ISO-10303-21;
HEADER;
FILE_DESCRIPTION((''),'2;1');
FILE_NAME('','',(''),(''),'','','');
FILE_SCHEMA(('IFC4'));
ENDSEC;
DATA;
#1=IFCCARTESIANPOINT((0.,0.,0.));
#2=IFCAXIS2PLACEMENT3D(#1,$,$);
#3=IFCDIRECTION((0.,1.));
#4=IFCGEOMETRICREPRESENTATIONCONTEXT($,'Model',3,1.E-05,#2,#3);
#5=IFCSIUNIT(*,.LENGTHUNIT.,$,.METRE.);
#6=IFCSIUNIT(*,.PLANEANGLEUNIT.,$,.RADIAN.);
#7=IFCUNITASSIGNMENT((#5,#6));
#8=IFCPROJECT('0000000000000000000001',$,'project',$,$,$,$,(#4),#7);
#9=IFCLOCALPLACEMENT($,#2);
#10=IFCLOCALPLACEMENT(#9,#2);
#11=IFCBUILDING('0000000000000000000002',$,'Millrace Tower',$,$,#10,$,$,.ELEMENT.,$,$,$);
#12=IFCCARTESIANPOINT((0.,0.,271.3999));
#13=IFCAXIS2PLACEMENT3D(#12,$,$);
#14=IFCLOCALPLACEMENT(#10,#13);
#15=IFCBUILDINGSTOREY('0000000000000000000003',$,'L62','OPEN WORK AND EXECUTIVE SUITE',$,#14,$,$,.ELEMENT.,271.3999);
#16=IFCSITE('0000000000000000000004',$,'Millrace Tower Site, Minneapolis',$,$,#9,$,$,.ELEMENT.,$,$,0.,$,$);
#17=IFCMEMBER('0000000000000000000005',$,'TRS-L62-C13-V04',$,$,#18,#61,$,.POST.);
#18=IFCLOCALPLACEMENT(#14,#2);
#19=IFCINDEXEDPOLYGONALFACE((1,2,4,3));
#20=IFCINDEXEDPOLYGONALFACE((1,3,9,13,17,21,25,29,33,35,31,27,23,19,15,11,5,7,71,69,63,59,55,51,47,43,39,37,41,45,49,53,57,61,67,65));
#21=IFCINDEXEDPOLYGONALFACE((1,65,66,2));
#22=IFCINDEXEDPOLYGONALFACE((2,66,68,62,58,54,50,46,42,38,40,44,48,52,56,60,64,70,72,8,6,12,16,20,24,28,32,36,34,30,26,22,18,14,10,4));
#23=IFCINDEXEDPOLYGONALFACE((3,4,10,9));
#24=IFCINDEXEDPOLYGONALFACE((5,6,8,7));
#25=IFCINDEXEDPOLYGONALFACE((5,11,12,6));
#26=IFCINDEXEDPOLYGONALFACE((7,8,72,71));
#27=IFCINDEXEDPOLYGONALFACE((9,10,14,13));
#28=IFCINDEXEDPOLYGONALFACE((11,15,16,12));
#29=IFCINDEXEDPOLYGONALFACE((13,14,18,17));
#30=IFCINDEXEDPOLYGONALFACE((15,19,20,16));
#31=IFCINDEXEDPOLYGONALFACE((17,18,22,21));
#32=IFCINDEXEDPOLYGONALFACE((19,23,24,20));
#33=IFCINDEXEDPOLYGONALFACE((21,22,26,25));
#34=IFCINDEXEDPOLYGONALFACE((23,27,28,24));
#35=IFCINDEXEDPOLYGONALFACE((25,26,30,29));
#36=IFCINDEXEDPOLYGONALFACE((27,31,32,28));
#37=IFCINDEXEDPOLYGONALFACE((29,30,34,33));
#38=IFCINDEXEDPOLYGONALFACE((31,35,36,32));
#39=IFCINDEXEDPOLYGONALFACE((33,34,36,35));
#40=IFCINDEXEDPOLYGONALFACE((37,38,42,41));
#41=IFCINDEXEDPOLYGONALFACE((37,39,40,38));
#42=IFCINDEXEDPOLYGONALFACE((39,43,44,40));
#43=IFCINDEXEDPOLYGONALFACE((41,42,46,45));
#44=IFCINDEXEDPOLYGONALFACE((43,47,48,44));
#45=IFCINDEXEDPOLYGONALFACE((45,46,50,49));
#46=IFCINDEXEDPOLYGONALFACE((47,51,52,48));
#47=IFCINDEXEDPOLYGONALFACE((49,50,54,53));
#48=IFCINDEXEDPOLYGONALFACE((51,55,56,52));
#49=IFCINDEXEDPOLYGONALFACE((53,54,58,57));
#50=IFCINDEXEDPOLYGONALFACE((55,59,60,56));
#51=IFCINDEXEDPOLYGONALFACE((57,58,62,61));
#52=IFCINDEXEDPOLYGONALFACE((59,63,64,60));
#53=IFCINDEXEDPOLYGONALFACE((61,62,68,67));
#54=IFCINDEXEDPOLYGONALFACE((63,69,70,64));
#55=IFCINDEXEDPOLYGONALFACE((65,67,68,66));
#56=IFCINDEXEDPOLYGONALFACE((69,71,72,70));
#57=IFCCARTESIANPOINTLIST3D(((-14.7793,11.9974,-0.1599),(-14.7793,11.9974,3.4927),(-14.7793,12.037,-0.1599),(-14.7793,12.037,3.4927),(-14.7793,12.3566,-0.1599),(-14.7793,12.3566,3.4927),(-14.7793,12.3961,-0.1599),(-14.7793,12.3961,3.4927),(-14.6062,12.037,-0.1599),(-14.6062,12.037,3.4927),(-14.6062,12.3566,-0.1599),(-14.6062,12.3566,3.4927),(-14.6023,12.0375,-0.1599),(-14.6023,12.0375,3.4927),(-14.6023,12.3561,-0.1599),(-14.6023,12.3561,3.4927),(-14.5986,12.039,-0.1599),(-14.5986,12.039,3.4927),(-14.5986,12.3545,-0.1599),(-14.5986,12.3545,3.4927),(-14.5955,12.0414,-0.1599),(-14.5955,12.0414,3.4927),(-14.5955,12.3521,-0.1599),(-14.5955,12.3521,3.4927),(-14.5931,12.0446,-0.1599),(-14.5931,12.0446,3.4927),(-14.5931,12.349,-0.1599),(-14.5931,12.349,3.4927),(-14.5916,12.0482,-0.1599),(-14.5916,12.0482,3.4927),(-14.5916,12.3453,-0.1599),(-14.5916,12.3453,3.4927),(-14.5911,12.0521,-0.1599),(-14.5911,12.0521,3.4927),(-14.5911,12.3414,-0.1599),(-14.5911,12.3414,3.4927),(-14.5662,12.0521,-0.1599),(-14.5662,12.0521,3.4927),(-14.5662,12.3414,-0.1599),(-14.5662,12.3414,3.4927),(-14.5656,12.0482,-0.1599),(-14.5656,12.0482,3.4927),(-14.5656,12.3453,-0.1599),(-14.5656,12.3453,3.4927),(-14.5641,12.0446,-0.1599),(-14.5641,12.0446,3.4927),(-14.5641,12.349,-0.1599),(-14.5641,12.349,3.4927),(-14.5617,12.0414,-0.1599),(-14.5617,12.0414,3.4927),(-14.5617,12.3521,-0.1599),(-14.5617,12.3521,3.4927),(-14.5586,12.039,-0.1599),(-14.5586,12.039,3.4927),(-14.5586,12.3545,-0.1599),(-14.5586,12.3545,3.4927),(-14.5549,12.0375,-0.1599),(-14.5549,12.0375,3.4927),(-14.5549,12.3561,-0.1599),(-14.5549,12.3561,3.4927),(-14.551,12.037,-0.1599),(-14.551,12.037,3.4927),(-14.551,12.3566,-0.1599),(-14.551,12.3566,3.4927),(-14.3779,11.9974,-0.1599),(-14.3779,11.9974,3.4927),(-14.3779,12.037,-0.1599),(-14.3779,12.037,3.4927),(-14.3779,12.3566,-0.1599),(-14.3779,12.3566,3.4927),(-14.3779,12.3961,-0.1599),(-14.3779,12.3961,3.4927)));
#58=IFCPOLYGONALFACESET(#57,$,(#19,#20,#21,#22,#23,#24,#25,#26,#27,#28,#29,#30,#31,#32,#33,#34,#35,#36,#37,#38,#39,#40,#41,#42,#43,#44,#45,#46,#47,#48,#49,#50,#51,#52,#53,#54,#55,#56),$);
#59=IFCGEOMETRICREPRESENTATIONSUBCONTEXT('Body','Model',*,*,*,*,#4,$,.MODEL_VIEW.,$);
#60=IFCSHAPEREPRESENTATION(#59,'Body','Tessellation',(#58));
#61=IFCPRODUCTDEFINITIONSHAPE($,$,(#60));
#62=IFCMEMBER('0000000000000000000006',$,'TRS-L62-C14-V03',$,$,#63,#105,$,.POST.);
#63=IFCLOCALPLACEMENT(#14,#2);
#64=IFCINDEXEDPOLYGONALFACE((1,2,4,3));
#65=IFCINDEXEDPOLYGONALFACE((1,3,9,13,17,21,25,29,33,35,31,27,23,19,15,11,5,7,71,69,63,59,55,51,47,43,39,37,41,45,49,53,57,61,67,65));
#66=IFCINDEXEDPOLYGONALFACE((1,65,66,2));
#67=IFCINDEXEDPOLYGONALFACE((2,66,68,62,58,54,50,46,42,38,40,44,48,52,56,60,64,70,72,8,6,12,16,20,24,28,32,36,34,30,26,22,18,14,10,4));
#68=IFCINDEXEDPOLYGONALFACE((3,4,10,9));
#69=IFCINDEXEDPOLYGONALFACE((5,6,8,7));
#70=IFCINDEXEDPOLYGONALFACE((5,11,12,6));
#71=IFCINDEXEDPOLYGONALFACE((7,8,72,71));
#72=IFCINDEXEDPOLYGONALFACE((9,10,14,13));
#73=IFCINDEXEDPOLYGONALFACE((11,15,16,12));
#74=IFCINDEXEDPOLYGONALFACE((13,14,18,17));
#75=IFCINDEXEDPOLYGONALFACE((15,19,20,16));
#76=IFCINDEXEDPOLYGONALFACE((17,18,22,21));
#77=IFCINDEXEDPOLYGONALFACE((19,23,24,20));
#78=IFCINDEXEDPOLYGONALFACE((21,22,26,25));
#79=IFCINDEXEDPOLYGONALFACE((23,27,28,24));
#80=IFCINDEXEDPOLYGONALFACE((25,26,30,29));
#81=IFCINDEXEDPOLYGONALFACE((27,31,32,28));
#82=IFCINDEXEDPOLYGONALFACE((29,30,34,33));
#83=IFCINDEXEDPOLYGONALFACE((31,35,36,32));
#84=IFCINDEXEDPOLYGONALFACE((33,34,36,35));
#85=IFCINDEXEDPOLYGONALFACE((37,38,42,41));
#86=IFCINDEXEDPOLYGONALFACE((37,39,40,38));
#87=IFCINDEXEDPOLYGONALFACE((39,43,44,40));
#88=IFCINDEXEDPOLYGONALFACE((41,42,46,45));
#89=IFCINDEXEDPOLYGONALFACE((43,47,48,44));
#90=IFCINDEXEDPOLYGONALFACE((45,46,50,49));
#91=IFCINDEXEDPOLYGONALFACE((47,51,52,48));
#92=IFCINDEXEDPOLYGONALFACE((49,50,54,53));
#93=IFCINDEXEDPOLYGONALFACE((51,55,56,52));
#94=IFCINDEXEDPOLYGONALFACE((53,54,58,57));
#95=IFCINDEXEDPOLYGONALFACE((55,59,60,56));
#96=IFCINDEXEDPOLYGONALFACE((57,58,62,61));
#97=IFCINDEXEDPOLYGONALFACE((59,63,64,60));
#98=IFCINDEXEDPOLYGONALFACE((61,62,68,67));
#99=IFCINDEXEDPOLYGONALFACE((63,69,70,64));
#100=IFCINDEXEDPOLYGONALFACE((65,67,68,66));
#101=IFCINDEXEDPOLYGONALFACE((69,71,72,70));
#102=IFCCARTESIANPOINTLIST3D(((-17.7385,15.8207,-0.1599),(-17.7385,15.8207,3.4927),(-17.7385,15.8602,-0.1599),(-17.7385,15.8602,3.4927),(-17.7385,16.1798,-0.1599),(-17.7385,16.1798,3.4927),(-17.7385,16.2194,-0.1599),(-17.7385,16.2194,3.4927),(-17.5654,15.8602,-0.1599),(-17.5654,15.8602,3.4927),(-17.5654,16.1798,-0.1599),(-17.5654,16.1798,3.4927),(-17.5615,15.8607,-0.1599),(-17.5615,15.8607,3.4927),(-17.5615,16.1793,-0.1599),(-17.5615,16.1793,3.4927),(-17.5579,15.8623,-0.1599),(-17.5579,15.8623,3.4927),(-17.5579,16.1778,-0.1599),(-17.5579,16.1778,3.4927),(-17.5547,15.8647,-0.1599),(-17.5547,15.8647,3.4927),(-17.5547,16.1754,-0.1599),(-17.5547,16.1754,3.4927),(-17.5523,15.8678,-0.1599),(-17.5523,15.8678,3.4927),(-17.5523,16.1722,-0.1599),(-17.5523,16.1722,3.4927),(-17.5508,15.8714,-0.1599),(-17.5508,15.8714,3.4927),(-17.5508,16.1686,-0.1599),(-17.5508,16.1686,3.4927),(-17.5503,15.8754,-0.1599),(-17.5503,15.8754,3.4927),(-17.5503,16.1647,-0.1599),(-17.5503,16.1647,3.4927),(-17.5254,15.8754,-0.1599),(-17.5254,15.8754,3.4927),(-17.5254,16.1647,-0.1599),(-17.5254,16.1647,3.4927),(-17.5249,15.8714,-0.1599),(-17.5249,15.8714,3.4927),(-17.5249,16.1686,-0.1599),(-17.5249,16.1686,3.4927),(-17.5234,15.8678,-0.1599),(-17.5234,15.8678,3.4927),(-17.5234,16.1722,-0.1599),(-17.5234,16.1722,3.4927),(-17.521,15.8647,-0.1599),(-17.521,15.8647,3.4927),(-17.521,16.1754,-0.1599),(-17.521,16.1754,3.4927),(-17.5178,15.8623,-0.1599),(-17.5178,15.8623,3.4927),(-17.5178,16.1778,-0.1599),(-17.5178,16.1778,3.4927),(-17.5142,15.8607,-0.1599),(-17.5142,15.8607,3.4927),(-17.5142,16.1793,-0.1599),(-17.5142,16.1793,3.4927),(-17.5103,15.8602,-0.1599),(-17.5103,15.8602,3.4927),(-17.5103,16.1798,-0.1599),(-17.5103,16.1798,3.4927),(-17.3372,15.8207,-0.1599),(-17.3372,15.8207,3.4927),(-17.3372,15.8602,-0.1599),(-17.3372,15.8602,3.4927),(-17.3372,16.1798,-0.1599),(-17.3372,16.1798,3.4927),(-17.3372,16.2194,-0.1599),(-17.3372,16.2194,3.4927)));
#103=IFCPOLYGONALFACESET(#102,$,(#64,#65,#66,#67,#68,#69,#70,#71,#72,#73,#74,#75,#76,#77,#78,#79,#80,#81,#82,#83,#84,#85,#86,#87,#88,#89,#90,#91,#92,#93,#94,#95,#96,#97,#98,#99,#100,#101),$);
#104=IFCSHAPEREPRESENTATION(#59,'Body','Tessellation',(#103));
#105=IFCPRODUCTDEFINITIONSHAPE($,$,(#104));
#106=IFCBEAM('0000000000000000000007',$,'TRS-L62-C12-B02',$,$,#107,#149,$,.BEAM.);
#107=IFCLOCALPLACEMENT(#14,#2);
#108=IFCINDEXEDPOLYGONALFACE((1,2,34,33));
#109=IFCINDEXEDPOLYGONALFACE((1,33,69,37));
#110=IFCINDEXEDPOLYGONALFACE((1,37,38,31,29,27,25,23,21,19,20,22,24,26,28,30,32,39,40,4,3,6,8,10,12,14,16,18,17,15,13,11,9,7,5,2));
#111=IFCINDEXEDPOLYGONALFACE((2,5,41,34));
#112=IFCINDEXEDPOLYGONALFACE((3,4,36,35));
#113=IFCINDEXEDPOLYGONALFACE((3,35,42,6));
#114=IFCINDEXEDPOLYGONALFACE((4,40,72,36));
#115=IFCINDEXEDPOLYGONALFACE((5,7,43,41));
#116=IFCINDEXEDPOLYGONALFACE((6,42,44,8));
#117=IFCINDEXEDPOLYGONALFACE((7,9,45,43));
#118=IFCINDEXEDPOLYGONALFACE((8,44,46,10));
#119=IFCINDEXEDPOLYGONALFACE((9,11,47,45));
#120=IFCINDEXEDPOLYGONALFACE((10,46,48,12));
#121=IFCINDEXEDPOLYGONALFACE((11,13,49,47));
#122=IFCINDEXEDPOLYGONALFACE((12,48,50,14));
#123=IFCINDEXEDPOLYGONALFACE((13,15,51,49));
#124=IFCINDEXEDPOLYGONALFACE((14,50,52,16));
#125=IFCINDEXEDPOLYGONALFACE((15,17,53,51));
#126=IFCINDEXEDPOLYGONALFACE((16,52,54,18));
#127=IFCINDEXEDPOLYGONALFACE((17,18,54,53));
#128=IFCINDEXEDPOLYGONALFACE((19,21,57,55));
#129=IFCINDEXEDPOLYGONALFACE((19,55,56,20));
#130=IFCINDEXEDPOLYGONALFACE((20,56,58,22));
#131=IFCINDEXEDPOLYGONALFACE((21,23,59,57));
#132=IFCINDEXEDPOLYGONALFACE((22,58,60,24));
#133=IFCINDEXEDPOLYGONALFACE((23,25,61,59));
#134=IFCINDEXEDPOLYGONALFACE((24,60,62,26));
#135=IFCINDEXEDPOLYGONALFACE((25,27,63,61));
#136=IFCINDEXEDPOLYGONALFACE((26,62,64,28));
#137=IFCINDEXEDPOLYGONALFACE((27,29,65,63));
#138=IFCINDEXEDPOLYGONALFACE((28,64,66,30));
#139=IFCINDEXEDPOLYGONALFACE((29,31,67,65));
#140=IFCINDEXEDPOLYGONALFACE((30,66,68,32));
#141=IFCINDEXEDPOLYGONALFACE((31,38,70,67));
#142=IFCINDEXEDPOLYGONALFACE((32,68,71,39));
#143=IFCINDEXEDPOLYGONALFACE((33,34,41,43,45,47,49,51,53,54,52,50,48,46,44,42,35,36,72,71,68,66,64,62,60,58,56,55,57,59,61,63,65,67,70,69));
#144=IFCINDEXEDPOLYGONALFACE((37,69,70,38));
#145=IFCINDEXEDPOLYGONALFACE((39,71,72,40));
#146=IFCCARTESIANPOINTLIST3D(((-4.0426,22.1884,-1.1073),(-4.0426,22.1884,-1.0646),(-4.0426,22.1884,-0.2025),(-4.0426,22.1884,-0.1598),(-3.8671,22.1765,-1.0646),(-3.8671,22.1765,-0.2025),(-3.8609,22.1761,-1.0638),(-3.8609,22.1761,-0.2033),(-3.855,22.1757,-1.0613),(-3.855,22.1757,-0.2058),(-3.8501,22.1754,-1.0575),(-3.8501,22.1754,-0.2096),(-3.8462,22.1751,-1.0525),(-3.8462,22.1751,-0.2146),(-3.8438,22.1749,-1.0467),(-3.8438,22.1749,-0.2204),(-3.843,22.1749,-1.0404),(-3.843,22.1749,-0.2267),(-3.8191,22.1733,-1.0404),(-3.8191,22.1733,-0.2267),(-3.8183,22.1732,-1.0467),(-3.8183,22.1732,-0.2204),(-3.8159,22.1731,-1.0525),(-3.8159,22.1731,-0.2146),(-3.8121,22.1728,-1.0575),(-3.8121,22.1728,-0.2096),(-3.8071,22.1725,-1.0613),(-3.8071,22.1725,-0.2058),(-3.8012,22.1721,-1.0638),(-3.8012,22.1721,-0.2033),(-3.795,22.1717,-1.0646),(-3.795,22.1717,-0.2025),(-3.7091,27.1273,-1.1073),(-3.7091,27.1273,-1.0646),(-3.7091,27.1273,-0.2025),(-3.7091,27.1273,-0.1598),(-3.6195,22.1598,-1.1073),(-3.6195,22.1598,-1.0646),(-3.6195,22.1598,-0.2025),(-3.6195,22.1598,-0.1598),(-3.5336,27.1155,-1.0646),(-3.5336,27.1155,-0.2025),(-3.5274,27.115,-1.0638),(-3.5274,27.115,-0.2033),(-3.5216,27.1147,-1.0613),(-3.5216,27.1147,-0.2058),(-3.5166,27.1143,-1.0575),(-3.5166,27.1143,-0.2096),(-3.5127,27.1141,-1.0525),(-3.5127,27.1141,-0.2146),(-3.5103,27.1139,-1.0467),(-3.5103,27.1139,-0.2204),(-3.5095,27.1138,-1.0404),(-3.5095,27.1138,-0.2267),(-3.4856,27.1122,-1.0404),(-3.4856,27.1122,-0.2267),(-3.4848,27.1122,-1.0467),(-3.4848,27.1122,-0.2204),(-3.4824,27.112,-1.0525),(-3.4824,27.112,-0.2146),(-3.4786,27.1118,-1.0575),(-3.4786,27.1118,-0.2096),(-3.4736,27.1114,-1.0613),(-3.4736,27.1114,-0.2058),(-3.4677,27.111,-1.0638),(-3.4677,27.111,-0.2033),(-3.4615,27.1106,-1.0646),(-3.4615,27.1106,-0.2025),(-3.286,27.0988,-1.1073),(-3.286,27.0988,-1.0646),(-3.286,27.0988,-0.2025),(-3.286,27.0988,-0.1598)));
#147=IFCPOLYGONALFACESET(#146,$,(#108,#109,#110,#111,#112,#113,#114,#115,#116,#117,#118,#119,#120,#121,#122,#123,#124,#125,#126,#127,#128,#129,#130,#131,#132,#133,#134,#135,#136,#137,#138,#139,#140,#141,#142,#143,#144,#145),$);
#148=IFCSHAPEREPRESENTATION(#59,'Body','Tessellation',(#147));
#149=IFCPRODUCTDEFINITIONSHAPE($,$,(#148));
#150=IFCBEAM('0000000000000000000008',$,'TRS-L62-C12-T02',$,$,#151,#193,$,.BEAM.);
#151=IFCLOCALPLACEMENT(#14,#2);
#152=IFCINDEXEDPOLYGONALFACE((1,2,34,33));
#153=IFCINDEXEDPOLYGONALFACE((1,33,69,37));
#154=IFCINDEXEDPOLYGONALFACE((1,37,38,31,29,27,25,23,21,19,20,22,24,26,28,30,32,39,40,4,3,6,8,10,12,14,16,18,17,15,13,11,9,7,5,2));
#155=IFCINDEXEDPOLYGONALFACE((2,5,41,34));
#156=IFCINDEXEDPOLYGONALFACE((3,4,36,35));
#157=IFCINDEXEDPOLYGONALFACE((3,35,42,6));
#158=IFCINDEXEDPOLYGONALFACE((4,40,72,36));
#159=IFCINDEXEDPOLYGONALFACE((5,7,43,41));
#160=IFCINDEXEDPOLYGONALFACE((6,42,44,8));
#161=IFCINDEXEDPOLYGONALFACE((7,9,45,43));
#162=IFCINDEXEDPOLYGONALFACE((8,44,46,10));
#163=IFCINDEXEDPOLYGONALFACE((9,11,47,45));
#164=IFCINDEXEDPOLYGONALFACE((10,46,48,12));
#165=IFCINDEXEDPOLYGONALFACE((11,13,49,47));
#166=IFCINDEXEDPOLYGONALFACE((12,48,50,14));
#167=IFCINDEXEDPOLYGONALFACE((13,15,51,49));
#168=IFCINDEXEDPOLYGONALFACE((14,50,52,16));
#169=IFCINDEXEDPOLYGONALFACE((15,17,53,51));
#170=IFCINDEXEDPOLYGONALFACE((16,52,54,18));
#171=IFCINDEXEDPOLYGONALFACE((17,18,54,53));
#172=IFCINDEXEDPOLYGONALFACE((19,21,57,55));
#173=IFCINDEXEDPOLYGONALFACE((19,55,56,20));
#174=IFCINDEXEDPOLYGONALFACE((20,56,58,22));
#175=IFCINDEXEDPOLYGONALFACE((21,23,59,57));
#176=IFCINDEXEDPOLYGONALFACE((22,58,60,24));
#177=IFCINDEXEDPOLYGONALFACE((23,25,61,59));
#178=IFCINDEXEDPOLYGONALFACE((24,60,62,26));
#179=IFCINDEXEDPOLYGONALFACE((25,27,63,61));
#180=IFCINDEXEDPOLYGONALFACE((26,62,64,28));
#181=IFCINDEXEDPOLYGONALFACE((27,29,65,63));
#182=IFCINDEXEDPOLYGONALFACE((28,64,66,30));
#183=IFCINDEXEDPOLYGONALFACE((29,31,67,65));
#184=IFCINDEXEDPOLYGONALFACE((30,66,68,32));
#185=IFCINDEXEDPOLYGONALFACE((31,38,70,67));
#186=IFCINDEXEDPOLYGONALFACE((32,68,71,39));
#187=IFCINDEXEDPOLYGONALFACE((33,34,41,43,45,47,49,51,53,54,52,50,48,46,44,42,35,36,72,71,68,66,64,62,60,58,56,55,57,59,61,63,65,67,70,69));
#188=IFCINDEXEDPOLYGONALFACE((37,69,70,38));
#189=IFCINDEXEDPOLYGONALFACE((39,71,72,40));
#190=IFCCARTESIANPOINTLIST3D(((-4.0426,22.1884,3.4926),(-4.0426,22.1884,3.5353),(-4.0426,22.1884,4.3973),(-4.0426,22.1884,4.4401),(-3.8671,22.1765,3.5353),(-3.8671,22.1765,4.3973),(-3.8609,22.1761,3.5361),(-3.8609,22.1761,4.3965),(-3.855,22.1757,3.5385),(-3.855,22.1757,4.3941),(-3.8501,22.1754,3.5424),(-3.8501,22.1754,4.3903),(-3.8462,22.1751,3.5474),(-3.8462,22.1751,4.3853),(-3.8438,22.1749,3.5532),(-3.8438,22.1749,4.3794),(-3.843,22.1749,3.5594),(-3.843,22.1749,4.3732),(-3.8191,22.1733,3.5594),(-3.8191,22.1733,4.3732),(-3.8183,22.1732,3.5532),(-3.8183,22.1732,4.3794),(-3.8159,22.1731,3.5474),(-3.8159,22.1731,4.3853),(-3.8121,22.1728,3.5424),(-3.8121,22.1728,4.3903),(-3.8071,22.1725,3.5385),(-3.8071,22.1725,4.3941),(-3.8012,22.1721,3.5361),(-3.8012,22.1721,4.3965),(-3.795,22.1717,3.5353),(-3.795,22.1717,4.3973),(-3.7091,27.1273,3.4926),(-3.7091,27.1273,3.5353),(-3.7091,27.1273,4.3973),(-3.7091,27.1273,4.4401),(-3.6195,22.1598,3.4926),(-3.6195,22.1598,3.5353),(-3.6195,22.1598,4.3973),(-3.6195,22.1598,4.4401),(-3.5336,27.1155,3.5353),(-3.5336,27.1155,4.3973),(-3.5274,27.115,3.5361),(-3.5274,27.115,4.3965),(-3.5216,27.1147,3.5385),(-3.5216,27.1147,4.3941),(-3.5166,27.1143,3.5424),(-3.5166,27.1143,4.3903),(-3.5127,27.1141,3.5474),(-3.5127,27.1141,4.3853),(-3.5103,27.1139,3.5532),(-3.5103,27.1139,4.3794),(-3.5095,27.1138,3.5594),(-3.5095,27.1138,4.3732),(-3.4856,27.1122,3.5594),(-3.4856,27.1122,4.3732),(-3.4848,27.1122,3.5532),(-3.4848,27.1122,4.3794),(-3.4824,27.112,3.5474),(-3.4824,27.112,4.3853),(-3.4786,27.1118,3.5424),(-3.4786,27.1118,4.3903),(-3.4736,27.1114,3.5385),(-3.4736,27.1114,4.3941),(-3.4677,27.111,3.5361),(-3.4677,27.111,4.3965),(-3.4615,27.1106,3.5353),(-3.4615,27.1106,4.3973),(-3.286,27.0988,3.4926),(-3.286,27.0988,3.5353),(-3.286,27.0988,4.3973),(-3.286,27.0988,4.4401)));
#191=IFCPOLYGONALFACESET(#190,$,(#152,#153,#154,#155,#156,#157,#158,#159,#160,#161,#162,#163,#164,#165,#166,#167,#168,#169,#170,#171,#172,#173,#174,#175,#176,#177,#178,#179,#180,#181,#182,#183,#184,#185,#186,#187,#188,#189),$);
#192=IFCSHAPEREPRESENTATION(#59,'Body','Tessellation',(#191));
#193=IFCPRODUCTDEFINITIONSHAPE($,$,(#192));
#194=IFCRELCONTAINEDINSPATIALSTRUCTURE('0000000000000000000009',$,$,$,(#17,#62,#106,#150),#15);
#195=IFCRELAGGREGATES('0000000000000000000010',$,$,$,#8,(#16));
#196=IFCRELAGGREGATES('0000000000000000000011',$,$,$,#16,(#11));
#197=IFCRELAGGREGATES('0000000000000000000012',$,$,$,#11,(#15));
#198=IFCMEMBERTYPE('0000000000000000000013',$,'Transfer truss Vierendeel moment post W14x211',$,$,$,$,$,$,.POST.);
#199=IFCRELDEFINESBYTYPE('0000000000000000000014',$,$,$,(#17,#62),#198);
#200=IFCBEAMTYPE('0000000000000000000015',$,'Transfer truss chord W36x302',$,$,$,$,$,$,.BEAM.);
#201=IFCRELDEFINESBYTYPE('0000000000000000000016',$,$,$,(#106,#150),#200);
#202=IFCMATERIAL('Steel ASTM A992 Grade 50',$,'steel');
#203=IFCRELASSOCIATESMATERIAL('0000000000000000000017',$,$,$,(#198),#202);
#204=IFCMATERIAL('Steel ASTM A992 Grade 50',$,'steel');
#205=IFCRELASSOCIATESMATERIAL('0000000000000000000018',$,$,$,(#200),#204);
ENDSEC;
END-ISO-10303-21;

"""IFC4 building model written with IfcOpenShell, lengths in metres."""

from ifc_helpers import new_model, si_unit, direction, frame, origin, origin_2d, place, context, subcontext, project, spatial, i_section, extrude, material, material_profile, profile_set, type_object, element, save


model = new_model("IFC4")

# Units and contexts
model_context = context("Model", 3, precision=1e-05, world=origin(), true_north=direction((0.0, 1.0)))
body_context = subcontext(model_context, "Body", "Model", "MODEL_VIEW")
ifc_project = project(units=[si_unit("LENGTHUNIT", "METRE"), si_unit("PLANEANGLEUNIT", "RADIAN")], contexts=[model_context])

# Site, building, storey
site_placement = place(None, origin())
site = spatial("IfcSite", under=ifc_project, at=site_placement, Name="Millrace Tower Site, Minneapolis", CompositionType="ELEMENT", RefElevation=0.0)
building_placement = place(site_placement, origin())
building = spatial("IfcBuilding", under=site, at=building_placement, Name="Millrace Tower", CompositionType="ELEMENT")
storey_placement = place(building_placement, frame((0.0, 0.0, 271.3999)))
storey = spatial("IfcBuildingStorey", under=building, at=storey_placement, Name="L62", Description="OPEN WORK AND EXECUTIVE SUITE", CompositionType="ELEMENT", Elevation=271.3999)

# Members
ifc_material_1 = material(Name="Steel ASTM A992 Grade 50", Category="steel")
ifc_material_profile_1 = material_profile(ifc_material_1, i_section(OverallWidth=0.4014, OverallDepth=0.3987, WebThickness=0.0249, FlangeThickness=0.0396, FilletRadius=0.0151, at=origin_2d()))
ifc_profile_set_1 = profile_set([ifc_material_profile_1], Name="Steel ASTM A992 Grade 50")
member_type = type_object("IfcMemberType", Name="Transfer truss Vierendeel moment post W14x211", PredefinedType="POST", material=ifc_profile_set_1)
for number, where, z_axis, x_axis, name in (
    (1, (-14.5786, 12.1968, -0.1599), (0.0, 0.0, 1.0), (1.0, 0.0, 0.0), "TRS-L62-C13-V04"),
    (2, (-17.5378, 16.02, -0.1599), (0.0, 0.0, 1.0), (1.0, 0.0, 0.0), "TRS-L62-C14-V03"),
):
    element("IfcMember", number, at=place(storey_placement, frame(where, z_axis=z_axis, x_axis=x_axis)), inside=storey, type_object=member_type, Name=name, PredefinedType="POST", context=body_context, shape_type="SweptSolid", body=[
        extrude(i_section(OverallWidth=0.4014, OverallDepth=0.3987, WebThickness=0.0249, FlangeThickness=0.0396, FilletRadius=0.0151, at=origin_2d()), origin(), (0.0, 0.0, 1.0), 3.6526),
    ])

# Beams
ifc_material_2 = material(Name="Steel ASTM A992 Grade 50", Category="steel")
ifc_material_profile_2 = material_profile(ifc_material_2, i_section(OverallWidth=0.4241, OverallDepth=0.9475, WebThickness=0.0239, FlangeThickness=0.0427, FilletRadius=0.0242, at=origin_2d()))
ifc_profile_set_2 = profile_set([ifc_material_profile_2], Name="Steel ASTM A992 Grade 50")
beam_type_1 = type_object("IfcBeamType", Name="Transfer truss chord W36x302", PredefinedType="BEAM", material=ifc_profile_set_2)
for number, where, z_axis, x_axis, name in (
    (3, (-3.4976, 27.113, -0.6335), (-0.06737, -0.997728, 0.0), (0.997728, -0.06737, 0.0), "TRS-L62-C12-B02"),
    (4, (-3.4976, 27.113, 3.9663), (-0.06737, -0.997728, 0.0), (0.997728, -0.06737, 0.0), "TRS-L62-C12-T02"),
):
    element("IfcBeam", number, at=place(storey_placement, frame(where, z_axis=z_axis, x_axis=x_axis)), inside=storey, type_object=beam_type_1, Name=name, PredefinedType="BEAM", context=body_context, shape_type="SweptSolid", body=[
        extrude(i_section(OverallWidth=0.4241, OverallDepth=0.9475, WebThickness=0.0239, FlangeThickness=0.0427, FilletRadius=0.0242, at=origin_2d()), origin(), (0.0, 0.0, 1.0), 4.9502),
    ])

save(model, "model.ifc")
